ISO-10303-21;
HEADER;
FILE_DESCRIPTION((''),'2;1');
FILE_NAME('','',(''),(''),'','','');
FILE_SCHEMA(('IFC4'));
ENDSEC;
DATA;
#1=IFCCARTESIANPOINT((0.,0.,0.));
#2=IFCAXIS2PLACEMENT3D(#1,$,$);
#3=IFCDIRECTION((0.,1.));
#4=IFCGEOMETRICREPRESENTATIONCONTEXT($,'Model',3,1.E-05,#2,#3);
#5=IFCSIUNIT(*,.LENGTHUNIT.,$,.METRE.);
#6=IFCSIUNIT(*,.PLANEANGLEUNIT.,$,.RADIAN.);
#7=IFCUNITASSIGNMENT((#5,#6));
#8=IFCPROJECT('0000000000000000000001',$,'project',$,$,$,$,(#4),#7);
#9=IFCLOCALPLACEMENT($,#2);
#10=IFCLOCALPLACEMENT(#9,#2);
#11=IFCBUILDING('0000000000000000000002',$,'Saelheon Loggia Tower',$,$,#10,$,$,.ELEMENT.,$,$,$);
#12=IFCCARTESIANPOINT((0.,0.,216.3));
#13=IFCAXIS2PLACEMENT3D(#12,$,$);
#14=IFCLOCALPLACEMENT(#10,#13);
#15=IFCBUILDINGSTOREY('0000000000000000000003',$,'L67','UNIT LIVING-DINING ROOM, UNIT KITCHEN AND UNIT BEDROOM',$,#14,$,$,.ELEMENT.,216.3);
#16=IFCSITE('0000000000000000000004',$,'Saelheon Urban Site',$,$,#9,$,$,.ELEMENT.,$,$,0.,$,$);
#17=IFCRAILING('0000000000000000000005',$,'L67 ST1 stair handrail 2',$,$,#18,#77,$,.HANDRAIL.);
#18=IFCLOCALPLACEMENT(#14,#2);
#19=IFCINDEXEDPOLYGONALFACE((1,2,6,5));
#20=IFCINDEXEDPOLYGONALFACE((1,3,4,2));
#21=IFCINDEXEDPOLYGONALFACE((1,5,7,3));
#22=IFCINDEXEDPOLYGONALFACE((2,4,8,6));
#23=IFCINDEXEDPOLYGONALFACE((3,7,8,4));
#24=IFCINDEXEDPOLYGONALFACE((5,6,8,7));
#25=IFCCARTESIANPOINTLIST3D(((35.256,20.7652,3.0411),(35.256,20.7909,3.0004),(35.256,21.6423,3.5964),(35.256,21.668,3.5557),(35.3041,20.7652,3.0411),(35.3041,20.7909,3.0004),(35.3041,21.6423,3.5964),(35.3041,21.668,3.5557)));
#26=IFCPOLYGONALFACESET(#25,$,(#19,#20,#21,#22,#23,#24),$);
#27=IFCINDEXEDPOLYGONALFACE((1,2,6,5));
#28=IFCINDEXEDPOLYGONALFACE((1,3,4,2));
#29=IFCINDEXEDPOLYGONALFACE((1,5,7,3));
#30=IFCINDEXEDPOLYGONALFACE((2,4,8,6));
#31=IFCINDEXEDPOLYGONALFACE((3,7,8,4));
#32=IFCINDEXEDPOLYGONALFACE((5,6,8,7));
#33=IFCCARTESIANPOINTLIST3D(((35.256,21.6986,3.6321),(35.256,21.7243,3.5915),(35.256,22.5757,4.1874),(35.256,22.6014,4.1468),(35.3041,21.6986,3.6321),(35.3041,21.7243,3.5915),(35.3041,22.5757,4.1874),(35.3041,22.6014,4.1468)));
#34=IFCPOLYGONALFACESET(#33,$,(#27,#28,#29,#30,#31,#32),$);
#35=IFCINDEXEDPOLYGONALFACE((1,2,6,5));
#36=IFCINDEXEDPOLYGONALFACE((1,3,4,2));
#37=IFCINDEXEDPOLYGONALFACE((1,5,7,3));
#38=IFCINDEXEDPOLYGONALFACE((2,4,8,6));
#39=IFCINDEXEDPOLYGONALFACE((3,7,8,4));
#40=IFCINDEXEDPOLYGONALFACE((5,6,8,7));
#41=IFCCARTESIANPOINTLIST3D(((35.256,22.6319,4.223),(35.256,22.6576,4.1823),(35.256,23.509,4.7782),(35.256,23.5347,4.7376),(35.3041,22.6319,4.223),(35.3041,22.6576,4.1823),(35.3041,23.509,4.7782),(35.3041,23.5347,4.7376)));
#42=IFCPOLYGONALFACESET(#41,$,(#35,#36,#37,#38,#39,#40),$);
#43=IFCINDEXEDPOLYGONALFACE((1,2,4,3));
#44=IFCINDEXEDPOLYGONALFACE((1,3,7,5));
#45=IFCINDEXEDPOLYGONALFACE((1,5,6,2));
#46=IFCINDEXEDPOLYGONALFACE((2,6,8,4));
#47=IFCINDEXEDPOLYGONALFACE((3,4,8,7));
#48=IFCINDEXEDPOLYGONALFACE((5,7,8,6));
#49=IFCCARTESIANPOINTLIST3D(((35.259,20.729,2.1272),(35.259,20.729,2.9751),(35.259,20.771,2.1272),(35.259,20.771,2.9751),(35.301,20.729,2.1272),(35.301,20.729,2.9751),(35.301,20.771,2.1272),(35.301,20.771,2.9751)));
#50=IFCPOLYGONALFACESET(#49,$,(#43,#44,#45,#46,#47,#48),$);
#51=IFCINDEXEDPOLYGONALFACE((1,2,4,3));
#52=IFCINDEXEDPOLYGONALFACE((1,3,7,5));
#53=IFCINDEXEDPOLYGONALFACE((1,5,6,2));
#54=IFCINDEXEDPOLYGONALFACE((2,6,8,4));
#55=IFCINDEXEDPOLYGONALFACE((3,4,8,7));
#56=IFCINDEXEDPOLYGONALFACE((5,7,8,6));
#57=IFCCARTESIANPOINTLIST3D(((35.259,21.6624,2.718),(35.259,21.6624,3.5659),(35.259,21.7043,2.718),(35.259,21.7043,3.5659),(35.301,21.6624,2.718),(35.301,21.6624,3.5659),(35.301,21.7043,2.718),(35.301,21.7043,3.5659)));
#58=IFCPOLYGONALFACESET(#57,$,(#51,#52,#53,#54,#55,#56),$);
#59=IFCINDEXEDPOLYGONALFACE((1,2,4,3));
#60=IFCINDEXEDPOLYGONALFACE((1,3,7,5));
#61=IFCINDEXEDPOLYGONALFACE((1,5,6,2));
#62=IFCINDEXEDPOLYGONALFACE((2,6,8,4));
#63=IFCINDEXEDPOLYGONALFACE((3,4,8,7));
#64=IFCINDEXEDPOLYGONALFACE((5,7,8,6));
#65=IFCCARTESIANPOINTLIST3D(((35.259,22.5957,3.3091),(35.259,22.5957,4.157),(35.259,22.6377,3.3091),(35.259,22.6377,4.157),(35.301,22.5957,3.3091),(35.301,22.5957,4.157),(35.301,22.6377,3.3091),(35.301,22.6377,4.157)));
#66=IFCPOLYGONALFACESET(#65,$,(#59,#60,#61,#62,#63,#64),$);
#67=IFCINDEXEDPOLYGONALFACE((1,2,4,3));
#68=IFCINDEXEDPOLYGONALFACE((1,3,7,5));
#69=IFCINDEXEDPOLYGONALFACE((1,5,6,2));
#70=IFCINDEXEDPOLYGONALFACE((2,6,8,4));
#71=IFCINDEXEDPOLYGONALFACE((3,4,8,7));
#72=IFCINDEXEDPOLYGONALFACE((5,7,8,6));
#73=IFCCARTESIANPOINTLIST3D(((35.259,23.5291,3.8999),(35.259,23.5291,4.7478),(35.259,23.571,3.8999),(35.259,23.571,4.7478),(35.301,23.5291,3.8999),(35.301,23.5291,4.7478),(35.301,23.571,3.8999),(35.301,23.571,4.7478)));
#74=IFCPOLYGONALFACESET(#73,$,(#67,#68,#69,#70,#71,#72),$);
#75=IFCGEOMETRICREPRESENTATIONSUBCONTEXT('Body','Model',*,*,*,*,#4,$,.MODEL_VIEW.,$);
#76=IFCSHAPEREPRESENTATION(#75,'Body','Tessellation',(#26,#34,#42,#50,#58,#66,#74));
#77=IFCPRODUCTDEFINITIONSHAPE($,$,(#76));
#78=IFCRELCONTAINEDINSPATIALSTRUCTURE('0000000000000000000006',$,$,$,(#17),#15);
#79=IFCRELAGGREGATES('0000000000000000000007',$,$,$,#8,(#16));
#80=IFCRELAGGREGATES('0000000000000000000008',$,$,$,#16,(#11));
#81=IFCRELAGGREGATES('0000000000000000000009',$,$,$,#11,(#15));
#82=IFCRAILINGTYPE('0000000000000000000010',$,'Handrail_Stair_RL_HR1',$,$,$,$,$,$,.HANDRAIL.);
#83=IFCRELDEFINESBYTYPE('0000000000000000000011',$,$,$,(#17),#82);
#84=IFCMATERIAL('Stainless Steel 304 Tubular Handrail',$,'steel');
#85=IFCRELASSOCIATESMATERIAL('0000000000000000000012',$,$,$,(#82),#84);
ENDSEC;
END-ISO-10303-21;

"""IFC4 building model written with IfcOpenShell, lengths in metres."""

from ifc_helpers import new_model, si_unit, direction, frame, origin, origin_2d, place, context, subcontext, project, spatial, rectangle, extrude, material, type_object, element, save


model = new_model("IFC4")

# Units and contexts
model_context = context("Model", 3, precision=1e-05, world=origin(), true_north=direction((0.0, 1.0)))
body_context = subcontext(model_context, "Body", "Model", "MODEL_VIEW")
ifc_project = project(units=[si_unit("LENGTHUNIT", "METRE"), si_unit("PLANEANGLEUNIT", "RADIAN")], contexts=[model_context])

# Site, building, storey
site_placement = place(None, origin())
site = spatial("IfcSite", under=ifc_project, at=site_placement, Name="Saelheon Urban Site", CompositionType="ELEMENT", RefElevation=0.0)
building_placement = place(site_placement, origin())
building = spatial("IfcBuilding", under=site, at=building_placement, Name="Saelheon Loggia Tower", CompositionType="ELEMENT")
storey_placement = place(building_placement, frame((0.0, 0.0, 216.3)))
storey = spatial("IfcBuildingStorey", under=building, at=storey_placement, Name="L67", Description="UNIT LIVING-DINING ROOM, UNIT KITCHEN AND UNIT BEDROOM", CompositionType="ELEMENT", Elevation=216.3)

# Railing
ifc_material_1 = material(Name="Stainless Steel 304 Tubular Handrail", Category="steel")
railing_type_1 = type_object("IfcRailingType", Name="Handrail_Stair_RL_HR1", PredefinedType="HANDRAIL", material=ifc_material_1)
railing_1_placement = place(storey_placement, frame((35.28, 20.75, 2.1272)))
element("IfcRailing", 1, at=railing_1_placement, inside=storey, type_object=railing_type_1, Name="L67 ST1 stair handrail 2", PredefinedType="HANDRAIL", context=body_context, shape_type="SweptSolid", body=[
    extrude(rectangle(XDim=0.0481, YDim=0.0481, at=origin_2d()), frame((0.0, 0.0281, 0.8936), z_axis=(0.0, 0.844909, 0.53491), x_axis=(-1.0, 0.0, 0.0)), (0.0, 0.0, 1.0), 1.0381),
    extrude(rectangle(XDim=0.0481, YDim=0.0481, at=origin_2d()), frame((0.0, 0.9614, 1.4846), z_axis=(0.0, 0.844909, 0.53491), x_axis=(-1.0, 0.0, 0.0)), (0.0, 0.0, 1.0), 1.0381),
    extrude(rectangle(XDim=0.0481, YDim=0.0481, at=origin_2d()), frame((0.0, 1.8948, 2.0754), z_axis=(0.0, 0.844909, 0.53491), x_axis=(-1.0, 0.0, 0.0)), (0.0, 0.0, 1.0), 1.0381),
    extrude(rectangle(XDim=0.042, YDim=0.042, at=origin_2d()), origin(), (0.0, 0.0, 1.0), 0.8479),
    extrude(rectangle(XDim=0.042, YDim=0.042, at=origin_2d()), frame((0.0, 0.9333, 0.5908)), (0.0, 0.0, 1.0), 0.8479),
    extrude(rectangle(XDim=0.042, YDim=0.042, at=origin_2d()), frame((0.0, 1.8667, 1.1819)), (0.0, 0.0, 1.0), 0.8479),
    extrude(rectangle(XDim=0.042, YDim=0.042, at=origin_2d()), frame((0.0, 2.8, 1.7727)), (0.0, 0.0, 1.0), 0.8479),
])

save(model, "model.ifc")
